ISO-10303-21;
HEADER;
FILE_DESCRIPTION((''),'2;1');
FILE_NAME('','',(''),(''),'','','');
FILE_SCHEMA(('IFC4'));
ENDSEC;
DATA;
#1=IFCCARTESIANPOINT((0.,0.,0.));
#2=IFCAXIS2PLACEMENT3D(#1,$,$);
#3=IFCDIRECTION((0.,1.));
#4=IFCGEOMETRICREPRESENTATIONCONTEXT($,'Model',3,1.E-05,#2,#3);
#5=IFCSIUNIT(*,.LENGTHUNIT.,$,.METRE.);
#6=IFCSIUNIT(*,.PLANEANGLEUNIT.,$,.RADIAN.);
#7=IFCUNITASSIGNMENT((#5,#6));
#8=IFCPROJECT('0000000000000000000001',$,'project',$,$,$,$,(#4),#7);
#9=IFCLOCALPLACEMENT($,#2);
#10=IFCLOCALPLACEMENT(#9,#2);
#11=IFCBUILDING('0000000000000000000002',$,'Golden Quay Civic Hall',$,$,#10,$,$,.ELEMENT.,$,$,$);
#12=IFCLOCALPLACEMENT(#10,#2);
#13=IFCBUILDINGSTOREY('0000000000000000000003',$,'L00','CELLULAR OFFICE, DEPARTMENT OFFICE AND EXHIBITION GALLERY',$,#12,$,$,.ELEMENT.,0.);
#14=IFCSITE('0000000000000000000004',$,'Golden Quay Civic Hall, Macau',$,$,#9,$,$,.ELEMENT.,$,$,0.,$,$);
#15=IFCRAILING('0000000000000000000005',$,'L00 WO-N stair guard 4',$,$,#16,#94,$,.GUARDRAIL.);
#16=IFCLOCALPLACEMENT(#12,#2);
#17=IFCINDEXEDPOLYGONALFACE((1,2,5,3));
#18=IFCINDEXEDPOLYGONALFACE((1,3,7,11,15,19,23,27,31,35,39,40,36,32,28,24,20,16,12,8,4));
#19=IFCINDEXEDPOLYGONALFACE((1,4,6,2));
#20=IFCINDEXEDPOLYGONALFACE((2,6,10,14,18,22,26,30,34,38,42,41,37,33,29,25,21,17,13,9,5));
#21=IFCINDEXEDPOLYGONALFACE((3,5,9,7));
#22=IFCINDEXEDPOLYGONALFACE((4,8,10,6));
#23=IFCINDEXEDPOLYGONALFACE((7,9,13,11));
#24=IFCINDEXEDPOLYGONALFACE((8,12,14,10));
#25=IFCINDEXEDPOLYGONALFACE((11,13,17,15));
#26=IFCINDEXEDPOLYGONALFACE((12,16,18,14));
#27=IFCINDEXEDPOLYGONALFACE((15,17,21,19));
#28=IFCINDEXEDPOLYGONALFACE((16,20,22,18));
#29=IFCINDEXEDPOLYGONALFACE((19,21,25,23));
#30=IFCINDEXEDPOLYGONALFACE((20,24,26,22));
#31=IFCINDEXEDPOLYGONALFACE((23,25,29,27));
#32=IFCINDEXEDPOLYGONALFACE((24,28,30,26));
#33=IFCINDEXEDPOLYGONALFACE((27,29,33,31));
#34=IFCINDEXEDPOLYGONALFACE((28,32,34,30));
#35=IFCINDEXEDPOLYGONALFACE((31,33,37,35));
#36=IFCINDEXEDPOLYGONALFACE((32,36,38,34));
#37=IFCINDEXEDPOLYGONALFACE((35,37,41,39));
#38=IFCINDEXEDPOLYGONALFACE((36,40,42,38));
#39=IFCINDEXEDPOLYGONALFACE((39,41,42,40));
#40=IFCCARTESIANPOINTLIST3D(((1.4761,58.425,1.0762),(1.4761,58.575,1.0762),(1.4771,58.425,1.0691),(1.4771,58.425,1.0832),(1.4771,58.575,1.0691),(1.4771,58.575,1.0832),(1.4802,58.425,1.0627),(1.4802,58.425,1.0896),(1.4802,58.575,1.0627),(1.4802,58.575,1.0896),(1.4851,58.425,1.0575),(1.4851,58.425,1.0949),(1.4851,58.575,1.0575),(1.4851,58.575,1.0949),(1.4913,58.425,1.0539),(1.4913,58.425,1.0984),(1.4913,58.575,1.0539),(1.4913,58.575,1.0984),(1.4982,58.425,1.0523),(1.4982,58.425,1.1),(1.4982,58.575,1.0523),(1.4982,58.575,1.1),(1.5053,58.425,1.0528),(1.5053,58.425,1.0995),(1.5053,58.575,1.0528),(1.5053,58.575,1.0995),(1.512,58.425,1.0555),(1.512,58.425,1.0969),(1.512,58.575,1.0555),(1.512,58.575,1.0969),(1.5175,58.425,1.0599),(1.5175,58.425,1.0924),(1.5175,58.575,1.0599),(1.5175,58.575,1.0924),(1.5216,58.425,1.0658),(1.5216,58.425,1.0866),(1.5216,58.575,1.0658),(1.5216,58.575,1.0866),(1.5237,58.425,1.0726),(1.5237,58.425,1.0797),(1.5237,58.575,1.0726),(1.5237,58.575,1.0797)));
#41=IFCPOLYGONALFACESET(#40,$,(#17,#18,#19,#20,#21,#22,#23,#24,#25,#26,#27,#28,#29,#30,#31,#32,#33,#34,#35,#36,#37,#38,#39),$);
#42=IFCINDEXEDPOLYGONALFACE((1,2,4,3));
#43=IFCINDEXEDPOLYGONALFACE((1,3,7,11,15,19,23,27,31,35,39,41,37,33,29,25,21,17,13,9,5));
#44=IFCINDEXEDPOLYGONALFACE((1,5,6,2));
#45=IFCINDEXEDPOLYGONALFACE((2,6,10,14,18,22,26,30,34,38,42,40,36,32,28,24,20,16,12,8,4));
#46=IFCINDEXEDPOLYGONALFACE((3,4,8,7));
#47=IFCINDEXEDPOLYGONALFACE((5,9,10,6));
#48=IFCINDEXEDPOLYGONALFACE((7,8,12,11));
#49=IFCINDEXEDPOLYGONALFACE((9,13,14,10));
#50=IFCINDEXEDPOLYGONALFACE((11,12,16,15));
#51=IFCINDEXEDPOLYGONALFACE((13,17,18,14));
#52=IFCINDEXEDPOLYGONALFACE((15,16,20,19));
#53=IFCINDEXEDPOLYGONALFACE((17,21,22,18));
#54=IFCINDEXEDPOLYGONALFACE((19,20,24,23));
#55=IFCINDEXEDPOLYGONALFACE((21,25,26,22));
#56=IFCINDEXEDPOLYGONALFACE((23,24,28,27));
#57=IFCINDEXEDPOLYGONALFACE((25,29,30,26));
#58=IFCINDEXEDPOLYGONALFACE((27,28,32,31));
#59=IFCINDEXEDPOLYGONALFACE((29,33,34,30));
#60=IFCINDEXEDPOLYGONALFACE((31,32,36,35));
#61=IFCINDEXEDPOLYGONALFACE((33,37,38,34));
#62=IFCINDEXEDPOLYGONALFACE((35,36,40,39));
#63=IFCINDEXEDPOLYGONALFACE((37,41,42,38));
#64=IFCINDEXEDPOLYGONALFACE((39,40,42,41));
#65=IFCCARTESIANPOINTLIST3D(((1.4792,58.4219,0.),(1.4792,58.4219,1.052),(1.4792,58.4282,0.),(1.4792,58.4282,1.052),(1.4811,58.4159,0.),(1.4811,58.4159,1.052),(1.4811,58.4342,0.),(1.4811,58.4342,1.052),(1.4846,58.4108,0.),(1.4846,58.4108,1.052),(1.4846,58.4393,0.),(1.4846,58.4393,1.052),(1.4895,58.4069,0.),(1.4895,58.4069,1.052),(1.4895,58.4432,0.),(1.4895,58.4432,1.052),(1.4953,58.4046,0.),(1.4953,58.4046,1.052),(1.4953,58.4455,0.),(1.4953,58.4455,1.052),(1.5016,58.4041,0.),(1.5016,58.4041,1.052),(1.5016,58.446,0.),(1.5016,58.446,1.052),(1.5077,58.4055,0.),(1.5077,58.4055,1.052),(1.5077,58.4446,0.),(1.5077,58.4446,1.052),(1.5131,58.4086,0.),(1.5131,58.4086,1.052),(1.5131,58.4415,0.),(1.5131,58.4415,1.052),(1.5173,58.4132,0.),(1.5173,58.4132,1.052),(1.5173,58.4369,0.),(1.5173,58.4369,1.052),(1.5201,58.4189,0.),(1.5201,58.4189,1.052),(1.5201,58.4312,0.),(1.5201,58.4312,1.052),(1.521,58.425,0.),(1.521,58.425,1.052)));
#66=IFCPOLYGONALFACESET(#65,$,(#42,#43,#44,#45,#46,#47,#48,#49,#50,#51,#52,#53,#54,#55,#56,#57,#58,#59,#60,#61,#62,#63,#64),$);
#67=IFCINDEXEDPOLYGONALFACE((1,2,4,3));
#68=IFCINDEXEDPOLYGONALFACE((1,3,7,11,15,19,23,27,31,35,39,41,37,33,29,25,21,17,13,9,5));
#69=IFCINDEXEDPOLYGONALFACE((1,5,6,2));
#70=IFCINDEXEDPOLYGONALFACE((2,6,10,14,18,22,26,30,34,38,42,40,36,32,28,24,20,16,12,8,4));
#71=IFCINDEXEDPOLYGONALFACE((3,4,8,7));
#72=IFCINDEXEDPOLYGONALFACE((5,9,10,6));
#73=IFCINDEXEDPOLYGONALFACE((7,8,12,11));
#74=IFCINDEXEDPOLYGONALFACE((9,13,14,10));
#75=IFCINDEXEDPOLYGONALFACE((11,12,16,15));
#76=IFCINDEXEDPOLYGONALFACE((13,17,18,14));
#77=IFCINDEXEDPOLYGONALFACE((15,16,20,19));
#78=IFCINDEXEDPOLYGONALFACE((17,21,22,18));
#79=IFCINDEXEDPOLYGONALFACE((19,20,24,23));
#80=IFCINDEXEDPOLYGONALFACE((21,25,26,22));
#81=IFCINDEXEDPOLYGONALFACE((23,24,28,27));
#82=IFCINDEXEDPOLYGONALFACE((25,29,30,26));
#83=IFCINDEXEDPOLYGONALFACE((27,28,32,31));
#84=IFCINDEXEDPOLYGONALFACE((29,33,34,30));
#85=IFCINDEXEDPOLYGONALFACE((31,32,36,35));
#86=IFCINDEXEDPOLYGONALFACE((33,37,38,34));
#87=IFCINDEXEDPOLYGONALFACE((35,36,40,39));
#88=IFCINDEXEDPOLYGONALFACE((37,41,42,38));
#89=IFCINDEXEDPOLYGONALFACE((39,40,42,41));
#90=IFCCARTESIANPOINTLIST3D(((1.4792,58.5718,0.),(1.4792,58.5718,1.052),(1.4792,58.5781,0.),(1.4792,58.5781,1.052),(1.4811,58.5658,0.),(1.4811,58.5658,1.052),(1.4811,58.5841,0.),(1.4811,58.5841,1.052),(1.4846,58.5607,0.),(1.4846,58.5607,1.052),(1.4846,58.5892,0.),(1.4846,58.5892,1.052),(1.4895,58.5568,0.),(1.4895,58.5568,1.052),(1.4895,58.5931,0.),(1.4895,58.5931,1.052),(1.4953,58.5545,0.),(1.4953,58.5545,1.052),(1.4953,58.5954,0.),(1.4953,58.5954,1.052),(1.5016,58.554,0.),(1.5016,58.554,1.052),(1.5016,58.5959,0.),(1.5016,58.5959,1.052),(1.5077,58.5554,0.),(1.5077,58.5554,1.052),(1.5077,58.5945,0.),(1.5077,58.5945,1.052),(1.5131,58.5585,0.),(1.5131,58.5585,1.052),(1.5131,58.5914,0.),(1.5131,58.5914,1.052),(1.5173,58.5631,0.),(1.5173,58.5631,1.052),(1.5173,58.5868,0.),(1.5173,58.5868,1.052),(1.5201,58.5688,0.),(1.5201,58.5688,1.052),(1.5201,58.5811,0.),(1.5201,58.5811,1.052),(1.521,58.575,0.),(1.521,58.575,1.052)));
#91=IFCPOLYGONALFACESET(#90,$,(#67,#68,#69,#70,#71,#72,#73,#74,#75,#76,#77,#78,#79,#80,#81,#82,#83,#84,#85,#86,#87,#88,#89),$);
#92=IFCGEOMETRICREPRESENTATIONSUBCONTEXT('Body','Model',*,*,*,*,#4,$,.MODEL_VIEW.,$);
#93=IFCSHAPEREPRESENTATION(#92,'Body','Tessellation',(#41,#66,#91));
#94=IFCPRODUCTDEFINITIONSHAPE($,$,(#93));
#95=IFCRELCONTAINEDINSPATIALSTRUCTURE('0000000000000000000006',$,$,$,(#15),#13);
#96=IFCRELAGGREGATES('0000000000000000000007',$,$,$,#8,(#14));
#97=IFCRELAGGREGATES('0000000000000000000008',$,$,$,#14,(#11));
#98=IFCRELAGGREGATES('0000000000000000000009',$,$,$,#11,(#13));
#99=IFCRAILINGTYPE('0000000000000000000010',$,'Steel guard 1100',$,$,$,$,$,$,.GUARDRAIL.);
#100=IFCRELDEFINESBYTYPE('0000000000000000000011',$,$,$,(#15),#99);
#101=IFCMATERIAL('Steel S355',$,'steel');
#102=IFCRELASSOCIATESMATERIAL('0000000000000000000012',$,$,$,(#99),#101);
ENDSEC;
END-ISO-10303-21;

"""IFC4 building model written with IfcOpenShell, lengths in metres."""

from ifc_helpers import new_model, si_unit, direction, frame, origin, origin_2d, place, context, subcontext, project, spatial, circle, extrude, material, type_object, element, save


model = new_model("IFC4")

# Units and contexts
model_context = context("Model", 3, precision=1e-05, world=origin(), true_north=direction((0.0, 1.0)))
body_context = subcontext(model_context, "Body", "Model", "MODEL_VIEW")
ifc_project = project(units=[si_unit("LENGTHUNIT", "METRE"), si_unit("PLANEANGLEUNIT", "RADIAN")], contexts=[model_context])

# Site, building, storey
site_placement = place(None, origin())
site = spatial("IfcSite", under=ifc_project, at=site_placement, Name="Golden Quay Civic Hall, Macau", CompositionType="ELEMENT", RefElevation=0.0)
building_placement = place(site_placement, origin())
building = spatial("IfcBuilding", under=site, at=building_placement, Name="Golden Quay Civic Hall", CompositionType="ELEMENT")
storey_placement = place(building_placement, origin())
storey = spatial("IfcBuildingStorey", under=building, at=storey_placement, Name="L00", Description="CELLULAR OFFICE, DEPARTMENT OFFICE AND EXHIBITION GALLERY", CompositionType="ELEMENT", Elevation=0.0)

# Railing
ifc_material_1 = material(Name="Steel S355", Category="steel")
railing_type_1 = type_object("IfcRailingType", Name="Steel guard 1100", PredefinedType="GUARDRAIL", material=ifc_material_1)
railing_1_placement = place(storey_placement, frame((1.5, 58.425, 0.0)))
element("IfcRailing", 1, at=railing_1_placement, inside=storey, type_object=railing_type_1, Name="L00 WO-N stair guard 4", PredefinedType="GUARDRAIL", context=body_context, shape_type="SweptSolid", body=[
    extrude(circle(Radius=0.0239, at=origin_2d()), frame((0.0, 0.0, 1.0762), z_axis=(0.0, 1.0, 0.0), x_axis=(-1.0, 0.0, 0.0)), (0.0, 0.0, 1.0), 0.1499),
    extrude(circle(Radius=0.021, at=origin_2d()), origin(), (0.0, 0.0, 1.0), 1.052),
    extrude(circle(Radius=0.021, at=origin_2d()), frame((0.0, 0.1499, 0.0)), (0.0, 0.0, 1.0), 1.052),
])

save(model, "model.ifc")
